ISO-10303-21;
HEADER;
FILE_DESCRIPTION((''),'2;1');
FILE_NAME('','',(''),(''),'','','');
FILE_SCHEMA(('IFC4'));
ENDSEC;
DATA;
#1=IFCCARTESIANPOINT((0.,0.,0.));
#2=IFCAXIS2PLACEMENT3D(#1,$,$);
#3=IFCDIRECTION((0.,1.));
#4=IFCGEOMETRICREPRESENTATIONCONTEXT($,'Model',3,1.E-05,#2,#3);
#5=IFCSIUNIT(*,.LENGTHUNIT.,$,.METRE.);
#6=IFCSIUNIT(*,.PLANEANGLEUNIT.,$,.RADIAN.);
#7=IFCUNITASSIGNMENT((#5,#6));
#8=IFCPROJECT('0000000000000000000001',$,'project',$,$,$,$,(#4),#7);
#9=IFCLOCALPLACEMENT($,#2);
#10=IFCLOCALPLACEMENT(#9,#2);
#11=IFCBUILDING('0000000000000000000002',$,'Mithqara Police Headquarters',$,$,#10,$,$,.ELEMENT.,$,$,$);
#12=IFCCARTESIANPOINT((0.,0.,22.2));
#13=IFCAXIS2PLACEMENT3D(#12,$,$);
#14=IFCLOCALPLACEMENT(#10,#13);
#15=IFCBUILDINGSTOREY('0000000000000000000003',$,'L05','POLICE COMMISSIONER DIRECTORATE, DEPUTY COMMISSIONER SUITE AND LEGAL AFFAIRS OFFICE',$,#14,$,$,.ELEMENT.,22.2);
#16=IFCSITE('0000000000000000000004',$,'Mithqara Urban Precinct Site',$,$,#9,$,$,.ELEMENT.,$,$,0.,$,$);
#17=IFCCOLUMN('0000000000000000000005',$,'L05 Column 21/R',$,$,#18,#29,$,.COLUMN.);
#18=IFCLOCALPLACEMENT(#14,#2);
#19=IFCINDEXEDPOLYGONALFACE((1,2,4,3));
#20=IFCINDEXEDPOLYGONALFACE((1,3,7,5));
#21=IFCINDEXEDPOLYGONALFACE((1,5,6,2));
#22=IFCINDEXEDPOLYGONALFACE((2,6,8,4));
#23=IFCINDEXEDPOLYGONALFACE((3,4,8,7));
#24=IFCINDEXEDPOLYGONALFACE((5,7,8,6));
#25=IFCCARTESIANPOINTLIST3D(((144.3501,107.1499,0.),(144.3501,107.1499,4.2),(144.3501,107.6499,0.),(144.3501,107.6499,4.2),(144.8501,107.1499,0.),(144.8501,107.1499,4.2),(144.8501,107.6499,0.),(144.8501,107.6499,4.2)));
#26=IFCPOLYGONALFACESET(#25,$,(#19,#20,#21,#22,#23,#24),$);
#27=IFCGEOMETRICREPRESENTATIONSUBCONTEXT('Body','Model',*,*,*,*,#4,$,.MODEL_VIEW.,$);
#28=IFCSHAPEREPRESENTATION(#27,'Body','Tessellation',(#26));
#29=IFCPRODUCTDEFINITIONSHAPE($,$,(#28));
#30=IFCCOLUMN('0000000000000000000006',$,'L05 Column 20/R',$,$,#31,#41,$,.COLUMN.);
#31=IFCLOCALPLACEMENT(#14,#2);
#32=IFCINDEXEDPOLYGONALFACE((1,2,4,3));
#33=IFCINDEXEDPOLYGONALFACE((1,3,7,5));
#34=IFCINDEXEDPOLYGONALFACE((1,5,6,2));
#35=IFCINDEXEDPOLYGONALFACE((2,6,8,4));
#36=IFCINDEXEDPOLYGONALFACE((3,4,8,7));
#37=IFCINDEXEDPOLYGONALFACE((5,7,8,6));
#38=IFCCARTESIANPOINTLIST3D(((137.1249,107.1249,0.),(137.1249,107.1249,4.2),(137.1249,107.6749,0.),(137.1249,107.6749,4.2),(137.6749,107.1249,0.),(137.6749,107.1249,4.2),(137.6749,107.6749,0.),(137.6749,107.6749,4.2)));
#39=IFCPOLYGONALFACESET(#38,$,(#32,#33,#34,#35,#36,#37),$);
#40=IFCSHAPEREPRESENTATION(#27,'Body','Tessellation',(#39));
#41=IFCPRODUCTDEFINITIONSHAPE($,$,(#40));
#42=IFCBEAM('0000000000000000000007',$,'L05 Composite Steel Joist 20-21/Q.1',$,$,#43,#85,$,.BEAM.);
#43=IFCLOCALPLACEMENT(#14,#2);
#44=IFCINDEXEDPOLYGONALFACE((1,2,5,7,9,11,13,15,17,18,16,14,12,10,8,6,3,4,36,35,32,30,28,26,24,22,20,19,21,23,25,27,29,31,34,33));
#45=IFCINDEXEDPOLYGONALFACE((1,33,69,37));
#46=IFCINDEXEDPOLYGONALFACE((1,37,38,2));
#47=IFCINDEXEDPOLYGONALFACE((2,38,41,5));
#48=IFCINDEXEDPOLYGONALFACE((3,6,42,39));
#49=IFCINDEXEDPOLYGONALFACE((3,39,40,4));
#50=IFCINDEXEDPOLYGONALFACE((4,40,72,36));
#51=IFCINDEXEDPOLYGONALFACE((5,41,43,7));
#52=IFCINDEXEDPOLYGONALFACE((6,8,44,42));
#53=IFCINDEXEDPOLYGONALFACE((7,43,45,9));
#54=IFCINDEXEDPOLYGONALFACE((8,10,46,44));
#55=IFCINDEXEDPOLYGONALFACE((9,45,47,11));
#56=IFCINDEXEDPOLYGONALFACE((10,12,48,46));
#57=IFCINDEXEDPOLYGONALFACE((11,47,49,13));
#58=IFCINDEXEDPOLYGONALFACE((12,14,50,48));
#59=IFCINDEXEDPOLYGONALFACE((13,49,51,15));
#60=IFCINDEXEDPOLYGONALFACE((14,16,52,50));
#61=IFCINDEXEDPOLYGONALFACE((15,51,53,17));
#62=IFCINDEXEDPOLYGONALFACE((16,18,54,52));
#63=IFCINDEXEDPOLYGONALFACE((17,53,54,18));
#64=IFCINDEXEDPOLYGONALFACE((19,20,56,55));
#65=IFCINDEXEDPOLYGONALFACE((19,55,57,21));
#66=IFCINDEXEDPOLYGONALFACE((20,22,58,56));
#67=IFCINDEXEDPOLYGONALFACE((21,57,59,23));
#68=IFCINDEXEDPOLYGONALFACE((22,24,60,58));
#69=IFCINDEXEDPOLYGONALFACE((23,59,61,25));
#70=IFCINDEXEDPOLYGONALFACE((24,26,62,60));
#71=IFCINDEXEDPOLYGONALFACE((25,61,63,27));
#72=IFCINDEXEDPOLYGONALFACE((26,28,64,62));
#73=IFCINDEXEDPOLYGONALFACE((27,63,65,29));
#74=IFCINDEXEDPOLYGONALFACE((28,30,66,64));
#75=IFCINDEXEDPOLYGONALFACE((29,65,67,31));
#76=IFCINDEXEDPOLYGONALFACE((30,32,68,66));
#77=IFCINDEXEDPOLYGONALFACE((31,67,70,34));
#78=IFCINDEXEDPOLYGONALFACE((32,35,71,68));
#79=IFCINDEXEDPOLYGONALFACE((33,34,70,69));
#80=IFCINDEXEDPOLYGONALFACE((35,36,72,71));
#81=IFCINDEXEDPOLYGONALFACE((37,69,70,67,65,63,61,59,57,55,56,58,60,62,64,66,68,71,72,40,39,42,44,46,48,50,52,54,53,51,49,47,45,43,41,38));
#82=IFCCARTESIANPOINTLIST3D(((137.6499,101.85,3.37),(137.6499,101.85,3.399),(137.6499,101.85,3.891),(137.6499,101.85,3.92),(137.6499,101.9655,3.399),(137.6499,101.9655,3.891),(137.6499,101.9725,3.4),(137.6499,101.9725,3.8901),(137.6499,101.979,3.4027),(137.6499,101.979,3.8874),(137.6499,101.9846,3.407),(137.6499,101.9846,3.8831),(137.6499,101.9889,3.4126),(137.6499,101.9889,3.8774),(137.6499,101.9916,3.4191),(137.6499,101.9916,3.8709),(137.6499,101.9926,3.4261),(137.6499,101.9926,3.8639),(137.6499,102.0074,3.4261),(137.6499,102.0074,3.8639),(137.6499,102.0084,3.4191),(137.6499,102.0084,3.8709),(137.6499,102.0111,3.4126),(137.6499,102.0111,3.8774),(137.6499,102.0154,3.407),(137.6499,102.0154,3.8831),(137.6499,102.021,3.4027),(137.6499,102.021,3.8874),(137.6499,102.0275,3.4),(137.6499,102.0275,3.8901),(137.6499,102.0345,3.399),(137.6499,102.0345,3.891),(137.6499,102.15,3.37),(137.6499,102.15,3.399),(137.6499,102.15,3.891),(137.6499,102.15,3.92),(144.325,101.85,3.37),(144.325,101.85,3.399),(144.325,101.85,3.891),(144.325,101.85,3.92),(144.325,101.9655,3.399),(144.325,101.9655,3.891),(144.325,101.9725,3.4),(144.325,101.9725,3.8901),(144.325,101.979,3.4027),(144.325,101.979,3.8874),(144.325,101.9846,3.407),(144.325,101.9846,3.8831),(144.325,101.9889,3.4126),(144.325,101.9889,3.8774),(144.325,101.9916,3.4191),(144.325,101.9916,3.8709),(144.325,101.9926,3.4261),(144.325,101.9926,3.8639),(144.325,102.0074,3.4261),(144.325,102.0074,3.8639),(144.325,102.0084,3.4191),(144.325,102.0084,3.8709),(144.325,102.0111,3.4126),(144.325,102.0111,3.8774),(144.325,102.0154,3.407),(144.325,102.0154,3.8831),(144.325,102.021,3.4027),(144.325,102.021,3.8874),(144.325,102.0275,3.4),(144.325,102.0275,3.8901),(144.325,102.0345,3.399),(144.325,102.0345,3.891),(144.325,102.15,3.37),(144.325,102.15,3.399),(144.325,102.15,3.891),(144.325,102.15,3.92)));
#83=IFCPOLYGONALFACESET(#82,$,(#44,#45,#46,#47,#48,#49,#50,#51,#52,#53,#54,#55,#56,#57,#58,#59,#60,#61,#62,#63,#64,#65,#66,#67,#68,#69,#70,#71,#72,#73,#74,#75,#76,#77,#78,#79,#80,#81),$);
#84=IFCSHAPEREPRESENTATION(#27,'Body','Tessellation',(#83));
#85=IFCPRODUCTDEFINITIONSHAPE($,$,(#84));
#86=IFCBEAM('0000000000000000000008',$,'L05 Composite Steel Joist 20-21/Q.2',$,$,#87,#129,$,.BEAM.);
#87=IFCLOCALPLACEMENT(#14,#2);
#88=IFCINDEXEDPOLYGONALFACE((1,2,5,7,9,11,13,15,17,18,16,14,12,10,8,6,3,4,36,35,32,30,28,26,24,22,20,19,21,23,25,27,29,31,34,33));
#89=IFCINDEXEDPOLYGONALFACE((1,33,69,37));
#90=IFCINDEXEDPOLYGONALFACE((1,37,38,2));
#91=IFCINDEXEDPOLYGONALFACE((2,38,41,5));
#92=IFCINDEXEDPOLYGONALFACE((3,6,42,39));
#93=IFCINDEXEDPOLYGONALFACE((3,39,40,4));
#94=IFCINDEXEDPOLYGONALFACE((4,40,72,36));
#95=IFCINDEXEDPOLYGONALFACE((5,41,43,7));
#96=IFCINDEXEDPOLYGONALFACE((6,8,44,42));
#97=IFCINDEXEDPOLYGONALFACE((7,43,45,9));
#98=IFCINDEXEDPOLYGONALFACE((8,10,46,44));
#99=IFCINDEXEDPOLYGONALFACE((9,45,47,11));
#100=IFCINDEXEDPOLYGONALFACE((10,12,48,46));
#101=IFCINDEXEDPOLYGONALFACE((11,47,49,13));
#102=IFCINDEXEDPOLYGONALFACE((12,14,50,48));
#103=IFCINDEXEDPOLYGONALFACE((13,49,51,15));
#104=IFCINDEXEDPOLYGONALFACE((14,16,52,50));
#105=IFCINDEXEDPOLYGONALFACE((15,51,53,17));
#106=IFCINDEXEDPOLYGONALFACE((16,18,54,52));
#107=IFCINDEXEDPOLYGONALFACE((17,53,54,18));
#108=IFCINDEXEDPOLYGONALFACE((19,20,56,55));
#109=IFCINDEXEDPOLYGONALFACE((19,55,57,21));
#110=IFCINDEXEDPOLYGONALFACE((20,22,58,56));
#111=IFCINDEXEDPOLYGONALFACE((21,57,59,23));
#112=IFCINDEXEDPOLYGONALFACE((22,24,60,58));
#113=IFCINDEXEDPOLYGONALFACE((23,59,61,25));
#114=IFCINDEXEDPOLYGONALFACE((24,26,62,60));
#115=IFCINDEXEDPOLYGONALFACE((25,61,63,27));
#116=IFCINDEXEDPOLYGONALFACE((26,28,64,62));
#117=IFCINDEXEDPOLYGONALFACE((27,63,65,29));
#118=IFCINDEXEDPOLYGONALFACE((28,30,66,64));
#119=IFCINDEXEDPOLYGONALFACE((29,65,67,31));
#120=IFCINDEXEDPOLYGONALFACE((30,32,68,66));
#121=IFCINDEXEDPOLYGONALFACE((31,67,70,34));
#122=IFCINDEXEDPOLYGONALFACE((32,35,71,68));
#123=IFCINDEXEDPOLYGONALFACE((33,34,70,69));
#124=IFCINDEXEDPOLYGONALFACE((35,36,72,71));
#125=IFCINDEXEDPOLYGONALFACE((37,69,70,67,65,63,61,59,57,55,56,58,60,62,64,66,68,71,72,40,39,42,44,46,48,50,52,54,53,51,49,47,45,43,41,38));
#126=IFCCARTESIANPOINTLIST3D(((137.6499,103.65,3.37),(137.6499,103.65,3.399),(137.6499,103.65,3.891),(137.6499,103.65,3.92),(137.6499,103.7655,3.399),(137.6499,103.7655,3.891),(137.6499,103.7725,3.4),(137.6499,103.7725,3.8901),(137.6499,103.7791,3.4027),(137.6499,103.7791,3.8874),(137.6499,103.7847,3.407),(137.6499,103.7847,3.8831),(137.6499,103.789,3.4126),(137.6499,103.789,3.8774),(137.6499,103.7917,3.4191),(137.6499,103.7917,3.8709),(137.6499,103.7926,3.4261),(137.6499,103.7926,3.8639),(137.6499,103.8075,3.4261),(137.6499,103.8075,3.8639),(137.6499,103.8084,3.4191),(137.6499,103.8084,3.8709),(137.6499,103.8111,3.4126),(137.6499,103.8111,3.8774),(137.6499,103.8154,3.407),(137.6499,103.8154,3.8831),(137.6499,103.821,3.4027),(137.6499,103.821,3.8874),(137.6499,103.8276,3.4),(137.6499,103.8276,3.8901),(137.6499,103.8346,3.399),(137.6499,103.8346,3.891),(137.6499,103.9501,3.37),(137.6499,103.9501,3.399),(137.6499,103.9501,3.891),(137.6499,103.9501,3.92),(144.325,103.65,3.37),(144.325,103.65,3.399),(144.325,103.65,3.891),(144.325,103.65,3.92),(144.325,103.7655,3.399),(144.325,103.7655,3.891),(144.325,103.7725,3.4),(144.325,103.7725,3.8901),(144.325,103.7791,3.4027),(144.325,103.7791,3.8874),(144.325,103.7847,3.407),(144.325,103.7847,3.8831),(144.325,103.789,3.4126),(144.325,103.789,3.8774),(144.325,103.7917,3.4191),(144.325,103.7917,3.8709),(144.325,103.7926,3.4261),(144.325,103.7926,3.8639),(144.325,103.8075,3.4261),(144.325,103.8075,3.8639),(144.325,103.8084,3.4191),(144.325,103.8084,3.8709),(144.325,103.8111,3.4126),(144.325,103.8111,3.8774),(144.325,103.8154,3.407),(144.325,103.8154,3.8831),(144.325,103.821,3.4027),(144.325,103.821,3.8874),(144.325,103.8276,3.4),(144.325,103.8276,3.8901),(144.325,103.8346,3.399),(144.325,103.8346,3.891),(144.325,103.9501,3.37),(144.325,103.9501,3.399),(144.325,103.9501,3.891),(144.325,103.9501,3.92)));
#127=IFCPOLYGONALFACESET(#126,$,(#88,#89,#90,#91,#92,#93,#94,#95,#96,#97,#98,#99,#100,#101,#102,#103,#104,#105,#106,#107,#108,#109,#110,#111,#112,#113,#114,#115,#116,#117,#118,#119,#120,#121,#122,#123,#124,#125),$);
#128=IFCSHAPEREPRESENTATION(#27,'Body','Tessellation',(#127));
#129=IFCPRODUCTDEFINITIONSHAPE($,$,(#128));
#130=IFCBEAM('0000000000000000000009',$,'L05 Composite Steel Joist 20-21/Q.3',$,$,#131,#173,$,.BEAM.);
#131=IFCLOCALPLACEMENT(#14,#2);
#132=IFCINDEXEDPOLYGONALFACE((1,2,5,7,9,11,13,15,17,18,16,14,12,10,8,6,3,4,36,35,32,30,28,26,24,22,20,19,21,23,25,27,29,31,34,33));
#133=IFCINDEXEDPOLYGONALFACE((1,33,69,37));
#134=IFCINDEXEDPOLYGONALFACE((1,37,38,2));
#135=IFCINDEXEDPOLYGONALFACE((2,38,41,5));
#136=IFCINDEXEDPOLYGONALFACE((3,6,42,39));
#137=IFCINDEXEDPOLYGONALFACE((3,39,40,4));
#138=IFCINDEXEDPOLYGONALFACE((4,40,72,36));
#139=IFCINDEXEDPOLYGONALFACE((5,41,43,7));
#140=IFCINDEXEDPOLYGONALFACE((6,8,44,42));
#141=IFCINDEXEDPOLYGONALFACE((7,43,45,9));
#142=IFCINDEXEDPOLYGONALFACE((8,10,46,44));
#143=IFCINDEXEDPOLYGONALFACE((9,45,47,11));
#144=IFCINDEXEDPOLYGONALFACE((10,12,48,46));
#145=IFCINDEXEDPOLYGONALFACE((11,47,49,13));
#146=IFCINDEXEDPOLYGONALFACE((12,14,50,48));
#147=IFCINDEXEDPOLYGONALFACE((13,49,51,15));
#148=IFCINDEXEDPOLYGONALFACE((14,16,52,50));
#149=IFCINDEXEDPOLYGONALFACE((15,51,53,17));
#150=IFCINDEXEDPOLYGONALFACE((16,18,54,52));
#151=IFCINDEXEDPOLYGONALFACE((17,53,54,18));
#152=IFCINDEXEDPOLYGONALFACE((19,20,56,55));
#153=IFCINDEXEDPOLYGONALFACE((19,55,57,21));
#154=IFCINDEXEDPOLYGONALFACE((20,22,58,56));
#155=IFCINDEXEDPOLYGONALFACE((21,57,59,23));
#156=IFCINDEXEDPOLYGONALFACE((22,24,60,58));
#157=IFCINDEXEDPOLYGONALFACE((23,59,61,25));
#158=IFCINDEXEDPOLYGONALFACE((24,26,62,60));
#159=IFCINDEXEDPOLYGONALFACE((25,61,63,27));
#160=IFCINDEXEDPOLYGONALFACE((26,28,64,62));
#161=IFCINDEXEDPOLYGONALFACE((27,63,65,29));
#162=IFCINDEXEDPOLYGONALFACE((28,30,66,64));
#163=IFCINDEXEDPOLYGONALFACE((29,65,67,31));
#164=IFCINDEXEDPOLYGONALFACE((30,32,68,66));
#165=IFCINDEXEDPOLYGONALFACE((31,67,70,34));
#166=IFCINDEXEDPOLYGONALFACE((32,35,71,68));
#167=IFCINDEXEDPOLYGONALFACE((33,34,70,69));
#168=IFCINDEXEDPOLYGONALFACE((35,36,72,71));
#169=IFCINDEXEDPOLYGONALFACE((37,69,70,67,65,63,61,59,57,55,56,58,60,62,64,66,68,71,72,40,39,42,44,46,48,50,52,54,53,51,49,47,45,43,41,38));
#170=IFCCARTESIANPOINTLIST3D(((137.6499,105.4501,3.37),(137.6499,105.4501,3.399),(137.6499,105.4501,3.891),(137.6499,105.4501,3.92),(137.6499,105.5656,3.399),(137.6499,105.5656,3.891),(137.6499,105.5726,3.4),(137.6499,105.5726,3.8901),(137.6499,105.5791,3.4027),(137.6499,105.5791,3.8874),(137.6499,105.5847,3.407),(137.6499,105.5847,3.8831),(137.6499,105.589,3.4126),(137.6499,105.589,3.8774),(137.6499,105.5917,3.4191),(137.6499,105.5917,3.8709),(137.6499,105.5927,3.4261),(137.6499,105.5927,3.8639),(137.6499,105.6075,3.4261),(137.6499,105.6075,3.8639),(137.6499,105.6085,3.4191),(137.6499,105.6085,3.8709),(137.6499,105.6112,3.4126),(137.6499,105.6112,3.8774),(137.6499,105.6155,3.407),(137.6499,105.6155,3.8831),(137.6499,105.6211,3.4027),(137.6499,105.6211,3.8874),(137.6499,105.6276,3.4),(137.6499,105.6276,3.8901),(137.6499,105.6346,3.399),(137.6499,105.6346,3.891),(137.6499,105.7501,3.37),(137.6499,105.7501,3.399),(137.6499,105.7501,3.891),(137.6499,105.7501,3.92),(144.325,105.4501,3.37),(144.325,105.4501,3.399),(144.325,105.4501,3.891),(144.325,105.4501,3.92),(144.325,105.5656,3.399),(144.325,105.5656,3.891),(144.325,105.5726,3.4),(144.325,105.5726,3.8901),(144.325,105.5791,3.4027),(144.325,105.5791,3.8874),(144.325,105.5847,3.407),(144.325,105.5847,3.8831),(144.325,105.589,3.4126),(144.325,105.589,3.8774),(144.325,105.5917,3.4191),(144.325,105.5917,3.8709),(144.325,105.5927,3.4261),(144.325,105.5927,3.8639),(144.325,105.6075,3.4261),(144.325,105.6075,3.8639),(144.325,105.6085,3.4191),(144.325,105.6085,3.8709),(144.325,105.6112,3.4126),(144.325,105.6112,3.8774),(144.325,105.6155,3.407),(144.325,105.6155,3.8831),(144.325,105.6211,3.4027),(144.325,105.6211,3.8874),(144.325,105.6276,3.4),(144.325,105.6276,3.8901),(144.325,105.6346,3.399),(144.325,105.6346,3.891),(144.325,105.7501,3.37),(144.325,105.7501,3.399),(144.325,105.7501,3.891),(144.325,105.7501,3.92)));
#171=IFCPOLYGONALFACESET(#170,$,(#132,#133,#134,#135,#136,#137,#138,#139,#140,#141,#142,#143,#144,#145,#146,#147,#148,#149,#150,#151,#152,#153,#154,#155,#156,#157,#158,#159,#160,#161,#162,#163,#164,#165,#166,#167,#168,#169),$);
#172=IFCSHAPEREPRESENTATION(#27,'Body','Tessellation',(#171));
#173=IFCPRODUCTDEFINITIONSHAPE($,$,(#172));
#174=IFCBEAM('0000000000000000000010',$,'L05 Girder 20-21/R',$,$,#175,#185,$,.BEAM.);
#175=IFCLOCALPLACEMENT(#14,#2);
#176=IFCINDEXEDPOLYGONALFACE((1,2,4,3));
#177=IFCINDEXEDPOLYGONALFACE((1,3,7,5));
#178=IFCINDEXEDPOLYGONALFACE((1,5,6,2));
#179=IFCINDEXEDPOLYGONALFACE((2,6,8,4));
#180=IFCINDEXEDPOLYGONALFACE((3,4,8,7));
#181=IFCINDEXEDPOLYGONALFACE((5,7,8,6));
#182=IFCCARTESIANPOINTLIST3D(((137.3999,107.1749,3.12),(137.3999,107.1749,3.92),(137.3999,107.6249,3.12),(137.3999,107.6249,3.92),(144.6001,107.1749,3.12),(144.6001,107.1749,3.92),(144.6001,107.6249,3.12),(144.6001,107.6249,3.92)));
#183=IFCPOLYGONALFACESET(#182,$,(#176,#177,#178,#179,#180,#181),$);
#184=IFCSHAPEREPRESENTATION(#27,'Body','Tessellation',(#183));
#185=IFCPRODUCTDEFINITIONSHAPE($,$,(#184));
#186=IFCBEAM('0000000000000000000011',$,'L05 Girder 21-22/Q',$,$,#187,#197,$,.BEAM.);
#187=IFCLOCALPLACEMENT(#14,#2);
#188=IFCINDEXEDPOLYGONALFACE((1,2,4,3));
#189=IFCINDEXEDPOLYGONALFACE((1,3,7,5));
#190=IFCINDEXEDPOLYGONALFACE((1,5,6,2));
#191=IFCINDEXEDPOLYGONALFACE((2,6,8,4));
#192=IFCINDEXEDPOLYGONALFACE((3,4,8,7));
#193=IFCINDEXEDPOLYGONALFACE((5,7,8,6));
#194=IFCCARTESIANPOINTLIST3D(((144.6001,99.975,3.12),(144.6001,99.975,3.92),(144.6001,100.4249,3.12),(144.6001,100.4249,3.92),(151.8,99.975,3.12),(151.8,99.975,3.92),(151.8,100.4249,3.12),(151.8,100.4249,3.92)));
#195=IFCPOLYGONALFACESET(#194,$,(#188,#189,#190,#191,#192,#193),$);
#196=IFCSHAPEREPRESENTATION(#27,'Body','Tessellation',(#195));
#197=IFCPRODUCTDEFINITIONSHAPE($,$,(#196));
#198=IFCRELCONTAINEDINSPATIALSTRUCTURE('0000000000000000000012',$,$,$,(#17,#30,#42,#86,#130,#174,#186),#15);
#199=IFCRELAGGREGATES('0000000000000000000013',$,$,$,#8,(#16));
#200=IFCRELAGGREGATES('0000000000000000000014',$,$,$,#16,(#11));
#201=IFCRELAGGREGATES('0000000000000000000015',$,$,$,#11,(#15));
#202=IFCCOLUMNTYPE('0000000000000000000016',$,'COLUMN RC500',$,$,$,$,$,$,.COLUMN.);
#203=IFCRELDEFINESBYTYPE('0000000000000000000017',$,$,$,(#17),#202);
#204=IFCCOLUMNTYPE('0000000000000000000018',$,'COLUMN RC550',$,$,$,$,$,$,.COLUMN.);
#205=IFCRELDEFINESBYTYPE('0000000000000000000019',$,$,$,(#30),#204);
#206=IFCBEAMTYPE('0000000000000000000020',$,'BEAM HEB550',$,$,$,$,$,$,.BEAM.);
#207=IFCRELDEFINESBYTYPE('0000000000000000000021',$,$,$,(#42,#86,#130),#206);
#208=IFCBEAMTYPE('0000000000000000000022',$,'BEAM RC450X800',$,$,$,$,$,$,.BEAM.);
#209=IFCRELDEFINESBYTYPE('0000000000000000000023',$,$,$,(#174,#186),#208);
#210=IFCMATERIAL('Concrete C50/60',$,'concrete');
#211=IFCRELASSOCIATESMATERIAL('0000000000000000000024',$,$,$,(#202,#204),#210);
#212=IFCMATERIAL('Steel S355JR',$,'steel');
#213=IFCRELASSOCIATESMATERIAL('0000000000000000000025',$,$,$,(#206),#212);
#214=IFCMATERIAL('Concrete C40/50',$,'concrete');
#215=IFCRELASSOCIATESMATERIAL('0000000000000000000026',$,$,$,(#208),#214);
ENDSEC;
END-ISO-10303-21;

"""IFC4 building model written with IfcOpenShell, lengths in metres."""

from ifc_helpers import new_model, si_unit, direction, frame, origin, origin_2d, place, context, subcontext, project, spatial, rectangle, i_section, extrude, material, material_profile, profile_set, type_object, element, save


model = new_model("IFC4")

# Units and contexts
model_context = context("Model", 3, precision=1e-05, world=origin(), true_north=direction((0.0, 1.0)))
body_context = subcontext(model_context, "Body", "Model", "MODEL_VIEW")
ifc_project = project(units=[si_unit("LENGTHUNIT", "METRE"), si_unit("PLANEANGLEUNIT", "RADIAN")], contexts=[model_context])

# Site, building, storey
site_placement = place(None, origin())
site = spatial("IfcSite", under=ifc_project, at=site_placement, Name="Mithqara Urban Precinct Site", CompositionType="ELEMENT", RefElevation=0.0)
building_placement = place(site_placement, origin())
building = spatial("IfcBuilding", under=site, at=building_placement, Name="Mithqara Police Headquarters", CompositionType="ELEMENT")
storey_placement = place(building_placement, frame((0.0, 0.0, 22.2)))
storey = spatial("IfcBuildingStorey", under=building, at=storey_placement, Name="L05", Description="POLICE COMMISSIONER DIRECTORATE, DEPUTY COMMISSIONER SUITE AND LEGAL AFFAIRS OFFICE", CompositionType="ELEMENT", Elevation=22.2)

# Columns
ifc_material_1 = material(Name="Concrete C50/60", Category="concrete")
ifc_material_profile_1 = material_profile(ifc_material_1, rectangle(XDim=0.5, YDim=0.5, at=origin_2d()), Name="RC 500x500")
ifc_profile_set_1 = profile_set([ifc_material_profile_1], Name="Concrete C50/60")
column_type_1 = type_object("IfcColumnType", Name="COLUMN RC500", PredefinedType="COLUMN", material=ifc_profile_set_1)
column_1_placement = place(storey_placement, frame((144.6001, 107.3999, 0.0), z_axis=(0.0, 0.0, 1.0), x_axis=(1.0, 0.0, 0.0)))
element("IfcColumn", 1, at=column_1_placement, inside=storey, type_object=column_type_1, Name="L05 Column 21/R", PredefinedType="COLUMN", context=body_context, shape_type="SweptSolid", body=[
    extrude(rectangle(XDim=0.5, YDim=0.5, at=origin_2d()), origin(), (0.0, 0.0, 1.0), 4.2),
])
ifc_material_profile_2 = material_profile(ifc_material_1, rectangle(XDim=0.55, YDim=0.55, at=origin_2d()), Name="RC 550x550")
ifc_profile_set_2 = profile_set([ifc_material_profile_2], Name="Concrete C50/60")
column_type_2 = type_object("IfcColumnType", Name="COLUMN RC550", PredefinedType="COLUMN", material=ifc_profile_set_2)
column_2_placement = place(storey_placement, frame((137.3999, 107.3999, 0.0), z_axis=(0.0, 0.0, 1.0), x_axis=(1.0, 0.0, 0.0)))
element("IfcColumn", 2, at=column_2_placement, inside=storey, type_object=column_type_2, Name="L05 Column 20/R", PredefinedType="COLUMN", context=body_context, shape_type="SweptSolid", body=[
    extrude(rectangle(XDim=0.55, YDim=0.55, at=origin_2d()), origin(), (0.0, 0.0, 1.0), 4.2),
])

# Beams
ifc_material_2 = material(Name="Steel S355JR", Category="steel")
ifc_material_profile_3 = material_profile(ifc_material_2, i_section(OverallWidth=0.3, OverallDepth=0.55, WebThickness=0.0149, FlangeThickness=0.0291, FilletRadius=0.0271, at=origin_2d()), Name="HEB 550")
ifc_profile_set_3 = profile_set([ifc_material_profile_3], Name="Steel S355JR")
beam_type_1 = type_object("IfcBeamType", Name="BEAM HEB550", PredefinedType="BEAM", material=ifc_profile_set_3)
for number, where, z_axis, x_axis, name in (
    (3, (137.6499, 102.0, 3.645), (1.0, 0.0, 0.0), (0.0, 1.0, 0.0), "L05 Composite Steel Joist 20-21/Q.1"),
    (4, (137.6499, 103.8, 3.645), (1.0, 0.0, 0.0), (0.0, 1.0, 0.0), "L05 Composite Steel Joist 20-21/Q.2"),
    (5, (137.6499, 105.6001, 3.645), (1.0, 0.0, 0.0), (0.0, 1.0, 0.0), "L05 Composite Steel Joist 20-21/Q.3"),
):
    element("IfcBeam", number, at=place(storey_placement, frame(where, z_axis=z_axis, x_axis=x_axis)), inside=storey, type_object=beam_type_1, Name=name, PredefinedType="BEAM", context=body_context, shape_type="SweptSolid", body=[
        extrude(i_section(OverallWidth=0.3, OverallDepth=0.55, WebThickness=0.0149, FlangeThickness=0.0291, FilletRadius=0.0271, at=origin_2d()), origin(), (0.0, 0.0, 1.0), 6.675),
    ])
ifc_material_3 = material(Name="Concrete C40/50", Category="concrete")
ifc_material_profile_4 = material_profile(ifc_material_3, rectangle(XDim=0.45, YDim=0.8, at=origin_2d()), Name="RC 450x800")
ifc_profile_set_4 = profile_set([ifc_material_profile_4], Name="Concrete C40/50")
beam_type_2 = type_object("IfcBeamType", Name="BEAM RC450X800", PredefinedType="BEAM", material=ifc_profile_set_4)
beam_1_placement = place(storey_placement, frame((137.3999, 107.3999, 3.52), z_axis=(1.0, 0.0, 0.0), x_axis=(0.0, 1.0, 0.0)))
element("IfcBeam", 6, at=beam_1_placement, inside=storey, type_object=beam_type_2, Name="L05 Girder 20-21/R", PredefinedType="BEAM", context=body_context, shape_type="SweptSolid", body=[
    extrude(rectangle(XDim=0.45, YDim=0.8, at=origin_2d()), origin(), (0.0, 0.0, 1.0), 7.2002),
])
beam_2_placement = place(storey_placement, frame((144.6001, 100.2, 3.52), z_axis=(1.0, 0.0, 0.0), x_axis=(0.0, 1.0, 0.0)))
element("IfcBeam", 7, at=beam_2_placement, inside=storey, type_object=beam_type_2, Name="L05 Girder 21-22/Q", PredefinedType="BEAM", context=body_context, shape_type="SweptSolid", body=[
    extrude(rectangle(XDim=0.45, YDim=0.8, at=origin_2d()), origin(), (0.0, 0.0, 1.0), 7.2),
])

save(model, "model.ifc")
